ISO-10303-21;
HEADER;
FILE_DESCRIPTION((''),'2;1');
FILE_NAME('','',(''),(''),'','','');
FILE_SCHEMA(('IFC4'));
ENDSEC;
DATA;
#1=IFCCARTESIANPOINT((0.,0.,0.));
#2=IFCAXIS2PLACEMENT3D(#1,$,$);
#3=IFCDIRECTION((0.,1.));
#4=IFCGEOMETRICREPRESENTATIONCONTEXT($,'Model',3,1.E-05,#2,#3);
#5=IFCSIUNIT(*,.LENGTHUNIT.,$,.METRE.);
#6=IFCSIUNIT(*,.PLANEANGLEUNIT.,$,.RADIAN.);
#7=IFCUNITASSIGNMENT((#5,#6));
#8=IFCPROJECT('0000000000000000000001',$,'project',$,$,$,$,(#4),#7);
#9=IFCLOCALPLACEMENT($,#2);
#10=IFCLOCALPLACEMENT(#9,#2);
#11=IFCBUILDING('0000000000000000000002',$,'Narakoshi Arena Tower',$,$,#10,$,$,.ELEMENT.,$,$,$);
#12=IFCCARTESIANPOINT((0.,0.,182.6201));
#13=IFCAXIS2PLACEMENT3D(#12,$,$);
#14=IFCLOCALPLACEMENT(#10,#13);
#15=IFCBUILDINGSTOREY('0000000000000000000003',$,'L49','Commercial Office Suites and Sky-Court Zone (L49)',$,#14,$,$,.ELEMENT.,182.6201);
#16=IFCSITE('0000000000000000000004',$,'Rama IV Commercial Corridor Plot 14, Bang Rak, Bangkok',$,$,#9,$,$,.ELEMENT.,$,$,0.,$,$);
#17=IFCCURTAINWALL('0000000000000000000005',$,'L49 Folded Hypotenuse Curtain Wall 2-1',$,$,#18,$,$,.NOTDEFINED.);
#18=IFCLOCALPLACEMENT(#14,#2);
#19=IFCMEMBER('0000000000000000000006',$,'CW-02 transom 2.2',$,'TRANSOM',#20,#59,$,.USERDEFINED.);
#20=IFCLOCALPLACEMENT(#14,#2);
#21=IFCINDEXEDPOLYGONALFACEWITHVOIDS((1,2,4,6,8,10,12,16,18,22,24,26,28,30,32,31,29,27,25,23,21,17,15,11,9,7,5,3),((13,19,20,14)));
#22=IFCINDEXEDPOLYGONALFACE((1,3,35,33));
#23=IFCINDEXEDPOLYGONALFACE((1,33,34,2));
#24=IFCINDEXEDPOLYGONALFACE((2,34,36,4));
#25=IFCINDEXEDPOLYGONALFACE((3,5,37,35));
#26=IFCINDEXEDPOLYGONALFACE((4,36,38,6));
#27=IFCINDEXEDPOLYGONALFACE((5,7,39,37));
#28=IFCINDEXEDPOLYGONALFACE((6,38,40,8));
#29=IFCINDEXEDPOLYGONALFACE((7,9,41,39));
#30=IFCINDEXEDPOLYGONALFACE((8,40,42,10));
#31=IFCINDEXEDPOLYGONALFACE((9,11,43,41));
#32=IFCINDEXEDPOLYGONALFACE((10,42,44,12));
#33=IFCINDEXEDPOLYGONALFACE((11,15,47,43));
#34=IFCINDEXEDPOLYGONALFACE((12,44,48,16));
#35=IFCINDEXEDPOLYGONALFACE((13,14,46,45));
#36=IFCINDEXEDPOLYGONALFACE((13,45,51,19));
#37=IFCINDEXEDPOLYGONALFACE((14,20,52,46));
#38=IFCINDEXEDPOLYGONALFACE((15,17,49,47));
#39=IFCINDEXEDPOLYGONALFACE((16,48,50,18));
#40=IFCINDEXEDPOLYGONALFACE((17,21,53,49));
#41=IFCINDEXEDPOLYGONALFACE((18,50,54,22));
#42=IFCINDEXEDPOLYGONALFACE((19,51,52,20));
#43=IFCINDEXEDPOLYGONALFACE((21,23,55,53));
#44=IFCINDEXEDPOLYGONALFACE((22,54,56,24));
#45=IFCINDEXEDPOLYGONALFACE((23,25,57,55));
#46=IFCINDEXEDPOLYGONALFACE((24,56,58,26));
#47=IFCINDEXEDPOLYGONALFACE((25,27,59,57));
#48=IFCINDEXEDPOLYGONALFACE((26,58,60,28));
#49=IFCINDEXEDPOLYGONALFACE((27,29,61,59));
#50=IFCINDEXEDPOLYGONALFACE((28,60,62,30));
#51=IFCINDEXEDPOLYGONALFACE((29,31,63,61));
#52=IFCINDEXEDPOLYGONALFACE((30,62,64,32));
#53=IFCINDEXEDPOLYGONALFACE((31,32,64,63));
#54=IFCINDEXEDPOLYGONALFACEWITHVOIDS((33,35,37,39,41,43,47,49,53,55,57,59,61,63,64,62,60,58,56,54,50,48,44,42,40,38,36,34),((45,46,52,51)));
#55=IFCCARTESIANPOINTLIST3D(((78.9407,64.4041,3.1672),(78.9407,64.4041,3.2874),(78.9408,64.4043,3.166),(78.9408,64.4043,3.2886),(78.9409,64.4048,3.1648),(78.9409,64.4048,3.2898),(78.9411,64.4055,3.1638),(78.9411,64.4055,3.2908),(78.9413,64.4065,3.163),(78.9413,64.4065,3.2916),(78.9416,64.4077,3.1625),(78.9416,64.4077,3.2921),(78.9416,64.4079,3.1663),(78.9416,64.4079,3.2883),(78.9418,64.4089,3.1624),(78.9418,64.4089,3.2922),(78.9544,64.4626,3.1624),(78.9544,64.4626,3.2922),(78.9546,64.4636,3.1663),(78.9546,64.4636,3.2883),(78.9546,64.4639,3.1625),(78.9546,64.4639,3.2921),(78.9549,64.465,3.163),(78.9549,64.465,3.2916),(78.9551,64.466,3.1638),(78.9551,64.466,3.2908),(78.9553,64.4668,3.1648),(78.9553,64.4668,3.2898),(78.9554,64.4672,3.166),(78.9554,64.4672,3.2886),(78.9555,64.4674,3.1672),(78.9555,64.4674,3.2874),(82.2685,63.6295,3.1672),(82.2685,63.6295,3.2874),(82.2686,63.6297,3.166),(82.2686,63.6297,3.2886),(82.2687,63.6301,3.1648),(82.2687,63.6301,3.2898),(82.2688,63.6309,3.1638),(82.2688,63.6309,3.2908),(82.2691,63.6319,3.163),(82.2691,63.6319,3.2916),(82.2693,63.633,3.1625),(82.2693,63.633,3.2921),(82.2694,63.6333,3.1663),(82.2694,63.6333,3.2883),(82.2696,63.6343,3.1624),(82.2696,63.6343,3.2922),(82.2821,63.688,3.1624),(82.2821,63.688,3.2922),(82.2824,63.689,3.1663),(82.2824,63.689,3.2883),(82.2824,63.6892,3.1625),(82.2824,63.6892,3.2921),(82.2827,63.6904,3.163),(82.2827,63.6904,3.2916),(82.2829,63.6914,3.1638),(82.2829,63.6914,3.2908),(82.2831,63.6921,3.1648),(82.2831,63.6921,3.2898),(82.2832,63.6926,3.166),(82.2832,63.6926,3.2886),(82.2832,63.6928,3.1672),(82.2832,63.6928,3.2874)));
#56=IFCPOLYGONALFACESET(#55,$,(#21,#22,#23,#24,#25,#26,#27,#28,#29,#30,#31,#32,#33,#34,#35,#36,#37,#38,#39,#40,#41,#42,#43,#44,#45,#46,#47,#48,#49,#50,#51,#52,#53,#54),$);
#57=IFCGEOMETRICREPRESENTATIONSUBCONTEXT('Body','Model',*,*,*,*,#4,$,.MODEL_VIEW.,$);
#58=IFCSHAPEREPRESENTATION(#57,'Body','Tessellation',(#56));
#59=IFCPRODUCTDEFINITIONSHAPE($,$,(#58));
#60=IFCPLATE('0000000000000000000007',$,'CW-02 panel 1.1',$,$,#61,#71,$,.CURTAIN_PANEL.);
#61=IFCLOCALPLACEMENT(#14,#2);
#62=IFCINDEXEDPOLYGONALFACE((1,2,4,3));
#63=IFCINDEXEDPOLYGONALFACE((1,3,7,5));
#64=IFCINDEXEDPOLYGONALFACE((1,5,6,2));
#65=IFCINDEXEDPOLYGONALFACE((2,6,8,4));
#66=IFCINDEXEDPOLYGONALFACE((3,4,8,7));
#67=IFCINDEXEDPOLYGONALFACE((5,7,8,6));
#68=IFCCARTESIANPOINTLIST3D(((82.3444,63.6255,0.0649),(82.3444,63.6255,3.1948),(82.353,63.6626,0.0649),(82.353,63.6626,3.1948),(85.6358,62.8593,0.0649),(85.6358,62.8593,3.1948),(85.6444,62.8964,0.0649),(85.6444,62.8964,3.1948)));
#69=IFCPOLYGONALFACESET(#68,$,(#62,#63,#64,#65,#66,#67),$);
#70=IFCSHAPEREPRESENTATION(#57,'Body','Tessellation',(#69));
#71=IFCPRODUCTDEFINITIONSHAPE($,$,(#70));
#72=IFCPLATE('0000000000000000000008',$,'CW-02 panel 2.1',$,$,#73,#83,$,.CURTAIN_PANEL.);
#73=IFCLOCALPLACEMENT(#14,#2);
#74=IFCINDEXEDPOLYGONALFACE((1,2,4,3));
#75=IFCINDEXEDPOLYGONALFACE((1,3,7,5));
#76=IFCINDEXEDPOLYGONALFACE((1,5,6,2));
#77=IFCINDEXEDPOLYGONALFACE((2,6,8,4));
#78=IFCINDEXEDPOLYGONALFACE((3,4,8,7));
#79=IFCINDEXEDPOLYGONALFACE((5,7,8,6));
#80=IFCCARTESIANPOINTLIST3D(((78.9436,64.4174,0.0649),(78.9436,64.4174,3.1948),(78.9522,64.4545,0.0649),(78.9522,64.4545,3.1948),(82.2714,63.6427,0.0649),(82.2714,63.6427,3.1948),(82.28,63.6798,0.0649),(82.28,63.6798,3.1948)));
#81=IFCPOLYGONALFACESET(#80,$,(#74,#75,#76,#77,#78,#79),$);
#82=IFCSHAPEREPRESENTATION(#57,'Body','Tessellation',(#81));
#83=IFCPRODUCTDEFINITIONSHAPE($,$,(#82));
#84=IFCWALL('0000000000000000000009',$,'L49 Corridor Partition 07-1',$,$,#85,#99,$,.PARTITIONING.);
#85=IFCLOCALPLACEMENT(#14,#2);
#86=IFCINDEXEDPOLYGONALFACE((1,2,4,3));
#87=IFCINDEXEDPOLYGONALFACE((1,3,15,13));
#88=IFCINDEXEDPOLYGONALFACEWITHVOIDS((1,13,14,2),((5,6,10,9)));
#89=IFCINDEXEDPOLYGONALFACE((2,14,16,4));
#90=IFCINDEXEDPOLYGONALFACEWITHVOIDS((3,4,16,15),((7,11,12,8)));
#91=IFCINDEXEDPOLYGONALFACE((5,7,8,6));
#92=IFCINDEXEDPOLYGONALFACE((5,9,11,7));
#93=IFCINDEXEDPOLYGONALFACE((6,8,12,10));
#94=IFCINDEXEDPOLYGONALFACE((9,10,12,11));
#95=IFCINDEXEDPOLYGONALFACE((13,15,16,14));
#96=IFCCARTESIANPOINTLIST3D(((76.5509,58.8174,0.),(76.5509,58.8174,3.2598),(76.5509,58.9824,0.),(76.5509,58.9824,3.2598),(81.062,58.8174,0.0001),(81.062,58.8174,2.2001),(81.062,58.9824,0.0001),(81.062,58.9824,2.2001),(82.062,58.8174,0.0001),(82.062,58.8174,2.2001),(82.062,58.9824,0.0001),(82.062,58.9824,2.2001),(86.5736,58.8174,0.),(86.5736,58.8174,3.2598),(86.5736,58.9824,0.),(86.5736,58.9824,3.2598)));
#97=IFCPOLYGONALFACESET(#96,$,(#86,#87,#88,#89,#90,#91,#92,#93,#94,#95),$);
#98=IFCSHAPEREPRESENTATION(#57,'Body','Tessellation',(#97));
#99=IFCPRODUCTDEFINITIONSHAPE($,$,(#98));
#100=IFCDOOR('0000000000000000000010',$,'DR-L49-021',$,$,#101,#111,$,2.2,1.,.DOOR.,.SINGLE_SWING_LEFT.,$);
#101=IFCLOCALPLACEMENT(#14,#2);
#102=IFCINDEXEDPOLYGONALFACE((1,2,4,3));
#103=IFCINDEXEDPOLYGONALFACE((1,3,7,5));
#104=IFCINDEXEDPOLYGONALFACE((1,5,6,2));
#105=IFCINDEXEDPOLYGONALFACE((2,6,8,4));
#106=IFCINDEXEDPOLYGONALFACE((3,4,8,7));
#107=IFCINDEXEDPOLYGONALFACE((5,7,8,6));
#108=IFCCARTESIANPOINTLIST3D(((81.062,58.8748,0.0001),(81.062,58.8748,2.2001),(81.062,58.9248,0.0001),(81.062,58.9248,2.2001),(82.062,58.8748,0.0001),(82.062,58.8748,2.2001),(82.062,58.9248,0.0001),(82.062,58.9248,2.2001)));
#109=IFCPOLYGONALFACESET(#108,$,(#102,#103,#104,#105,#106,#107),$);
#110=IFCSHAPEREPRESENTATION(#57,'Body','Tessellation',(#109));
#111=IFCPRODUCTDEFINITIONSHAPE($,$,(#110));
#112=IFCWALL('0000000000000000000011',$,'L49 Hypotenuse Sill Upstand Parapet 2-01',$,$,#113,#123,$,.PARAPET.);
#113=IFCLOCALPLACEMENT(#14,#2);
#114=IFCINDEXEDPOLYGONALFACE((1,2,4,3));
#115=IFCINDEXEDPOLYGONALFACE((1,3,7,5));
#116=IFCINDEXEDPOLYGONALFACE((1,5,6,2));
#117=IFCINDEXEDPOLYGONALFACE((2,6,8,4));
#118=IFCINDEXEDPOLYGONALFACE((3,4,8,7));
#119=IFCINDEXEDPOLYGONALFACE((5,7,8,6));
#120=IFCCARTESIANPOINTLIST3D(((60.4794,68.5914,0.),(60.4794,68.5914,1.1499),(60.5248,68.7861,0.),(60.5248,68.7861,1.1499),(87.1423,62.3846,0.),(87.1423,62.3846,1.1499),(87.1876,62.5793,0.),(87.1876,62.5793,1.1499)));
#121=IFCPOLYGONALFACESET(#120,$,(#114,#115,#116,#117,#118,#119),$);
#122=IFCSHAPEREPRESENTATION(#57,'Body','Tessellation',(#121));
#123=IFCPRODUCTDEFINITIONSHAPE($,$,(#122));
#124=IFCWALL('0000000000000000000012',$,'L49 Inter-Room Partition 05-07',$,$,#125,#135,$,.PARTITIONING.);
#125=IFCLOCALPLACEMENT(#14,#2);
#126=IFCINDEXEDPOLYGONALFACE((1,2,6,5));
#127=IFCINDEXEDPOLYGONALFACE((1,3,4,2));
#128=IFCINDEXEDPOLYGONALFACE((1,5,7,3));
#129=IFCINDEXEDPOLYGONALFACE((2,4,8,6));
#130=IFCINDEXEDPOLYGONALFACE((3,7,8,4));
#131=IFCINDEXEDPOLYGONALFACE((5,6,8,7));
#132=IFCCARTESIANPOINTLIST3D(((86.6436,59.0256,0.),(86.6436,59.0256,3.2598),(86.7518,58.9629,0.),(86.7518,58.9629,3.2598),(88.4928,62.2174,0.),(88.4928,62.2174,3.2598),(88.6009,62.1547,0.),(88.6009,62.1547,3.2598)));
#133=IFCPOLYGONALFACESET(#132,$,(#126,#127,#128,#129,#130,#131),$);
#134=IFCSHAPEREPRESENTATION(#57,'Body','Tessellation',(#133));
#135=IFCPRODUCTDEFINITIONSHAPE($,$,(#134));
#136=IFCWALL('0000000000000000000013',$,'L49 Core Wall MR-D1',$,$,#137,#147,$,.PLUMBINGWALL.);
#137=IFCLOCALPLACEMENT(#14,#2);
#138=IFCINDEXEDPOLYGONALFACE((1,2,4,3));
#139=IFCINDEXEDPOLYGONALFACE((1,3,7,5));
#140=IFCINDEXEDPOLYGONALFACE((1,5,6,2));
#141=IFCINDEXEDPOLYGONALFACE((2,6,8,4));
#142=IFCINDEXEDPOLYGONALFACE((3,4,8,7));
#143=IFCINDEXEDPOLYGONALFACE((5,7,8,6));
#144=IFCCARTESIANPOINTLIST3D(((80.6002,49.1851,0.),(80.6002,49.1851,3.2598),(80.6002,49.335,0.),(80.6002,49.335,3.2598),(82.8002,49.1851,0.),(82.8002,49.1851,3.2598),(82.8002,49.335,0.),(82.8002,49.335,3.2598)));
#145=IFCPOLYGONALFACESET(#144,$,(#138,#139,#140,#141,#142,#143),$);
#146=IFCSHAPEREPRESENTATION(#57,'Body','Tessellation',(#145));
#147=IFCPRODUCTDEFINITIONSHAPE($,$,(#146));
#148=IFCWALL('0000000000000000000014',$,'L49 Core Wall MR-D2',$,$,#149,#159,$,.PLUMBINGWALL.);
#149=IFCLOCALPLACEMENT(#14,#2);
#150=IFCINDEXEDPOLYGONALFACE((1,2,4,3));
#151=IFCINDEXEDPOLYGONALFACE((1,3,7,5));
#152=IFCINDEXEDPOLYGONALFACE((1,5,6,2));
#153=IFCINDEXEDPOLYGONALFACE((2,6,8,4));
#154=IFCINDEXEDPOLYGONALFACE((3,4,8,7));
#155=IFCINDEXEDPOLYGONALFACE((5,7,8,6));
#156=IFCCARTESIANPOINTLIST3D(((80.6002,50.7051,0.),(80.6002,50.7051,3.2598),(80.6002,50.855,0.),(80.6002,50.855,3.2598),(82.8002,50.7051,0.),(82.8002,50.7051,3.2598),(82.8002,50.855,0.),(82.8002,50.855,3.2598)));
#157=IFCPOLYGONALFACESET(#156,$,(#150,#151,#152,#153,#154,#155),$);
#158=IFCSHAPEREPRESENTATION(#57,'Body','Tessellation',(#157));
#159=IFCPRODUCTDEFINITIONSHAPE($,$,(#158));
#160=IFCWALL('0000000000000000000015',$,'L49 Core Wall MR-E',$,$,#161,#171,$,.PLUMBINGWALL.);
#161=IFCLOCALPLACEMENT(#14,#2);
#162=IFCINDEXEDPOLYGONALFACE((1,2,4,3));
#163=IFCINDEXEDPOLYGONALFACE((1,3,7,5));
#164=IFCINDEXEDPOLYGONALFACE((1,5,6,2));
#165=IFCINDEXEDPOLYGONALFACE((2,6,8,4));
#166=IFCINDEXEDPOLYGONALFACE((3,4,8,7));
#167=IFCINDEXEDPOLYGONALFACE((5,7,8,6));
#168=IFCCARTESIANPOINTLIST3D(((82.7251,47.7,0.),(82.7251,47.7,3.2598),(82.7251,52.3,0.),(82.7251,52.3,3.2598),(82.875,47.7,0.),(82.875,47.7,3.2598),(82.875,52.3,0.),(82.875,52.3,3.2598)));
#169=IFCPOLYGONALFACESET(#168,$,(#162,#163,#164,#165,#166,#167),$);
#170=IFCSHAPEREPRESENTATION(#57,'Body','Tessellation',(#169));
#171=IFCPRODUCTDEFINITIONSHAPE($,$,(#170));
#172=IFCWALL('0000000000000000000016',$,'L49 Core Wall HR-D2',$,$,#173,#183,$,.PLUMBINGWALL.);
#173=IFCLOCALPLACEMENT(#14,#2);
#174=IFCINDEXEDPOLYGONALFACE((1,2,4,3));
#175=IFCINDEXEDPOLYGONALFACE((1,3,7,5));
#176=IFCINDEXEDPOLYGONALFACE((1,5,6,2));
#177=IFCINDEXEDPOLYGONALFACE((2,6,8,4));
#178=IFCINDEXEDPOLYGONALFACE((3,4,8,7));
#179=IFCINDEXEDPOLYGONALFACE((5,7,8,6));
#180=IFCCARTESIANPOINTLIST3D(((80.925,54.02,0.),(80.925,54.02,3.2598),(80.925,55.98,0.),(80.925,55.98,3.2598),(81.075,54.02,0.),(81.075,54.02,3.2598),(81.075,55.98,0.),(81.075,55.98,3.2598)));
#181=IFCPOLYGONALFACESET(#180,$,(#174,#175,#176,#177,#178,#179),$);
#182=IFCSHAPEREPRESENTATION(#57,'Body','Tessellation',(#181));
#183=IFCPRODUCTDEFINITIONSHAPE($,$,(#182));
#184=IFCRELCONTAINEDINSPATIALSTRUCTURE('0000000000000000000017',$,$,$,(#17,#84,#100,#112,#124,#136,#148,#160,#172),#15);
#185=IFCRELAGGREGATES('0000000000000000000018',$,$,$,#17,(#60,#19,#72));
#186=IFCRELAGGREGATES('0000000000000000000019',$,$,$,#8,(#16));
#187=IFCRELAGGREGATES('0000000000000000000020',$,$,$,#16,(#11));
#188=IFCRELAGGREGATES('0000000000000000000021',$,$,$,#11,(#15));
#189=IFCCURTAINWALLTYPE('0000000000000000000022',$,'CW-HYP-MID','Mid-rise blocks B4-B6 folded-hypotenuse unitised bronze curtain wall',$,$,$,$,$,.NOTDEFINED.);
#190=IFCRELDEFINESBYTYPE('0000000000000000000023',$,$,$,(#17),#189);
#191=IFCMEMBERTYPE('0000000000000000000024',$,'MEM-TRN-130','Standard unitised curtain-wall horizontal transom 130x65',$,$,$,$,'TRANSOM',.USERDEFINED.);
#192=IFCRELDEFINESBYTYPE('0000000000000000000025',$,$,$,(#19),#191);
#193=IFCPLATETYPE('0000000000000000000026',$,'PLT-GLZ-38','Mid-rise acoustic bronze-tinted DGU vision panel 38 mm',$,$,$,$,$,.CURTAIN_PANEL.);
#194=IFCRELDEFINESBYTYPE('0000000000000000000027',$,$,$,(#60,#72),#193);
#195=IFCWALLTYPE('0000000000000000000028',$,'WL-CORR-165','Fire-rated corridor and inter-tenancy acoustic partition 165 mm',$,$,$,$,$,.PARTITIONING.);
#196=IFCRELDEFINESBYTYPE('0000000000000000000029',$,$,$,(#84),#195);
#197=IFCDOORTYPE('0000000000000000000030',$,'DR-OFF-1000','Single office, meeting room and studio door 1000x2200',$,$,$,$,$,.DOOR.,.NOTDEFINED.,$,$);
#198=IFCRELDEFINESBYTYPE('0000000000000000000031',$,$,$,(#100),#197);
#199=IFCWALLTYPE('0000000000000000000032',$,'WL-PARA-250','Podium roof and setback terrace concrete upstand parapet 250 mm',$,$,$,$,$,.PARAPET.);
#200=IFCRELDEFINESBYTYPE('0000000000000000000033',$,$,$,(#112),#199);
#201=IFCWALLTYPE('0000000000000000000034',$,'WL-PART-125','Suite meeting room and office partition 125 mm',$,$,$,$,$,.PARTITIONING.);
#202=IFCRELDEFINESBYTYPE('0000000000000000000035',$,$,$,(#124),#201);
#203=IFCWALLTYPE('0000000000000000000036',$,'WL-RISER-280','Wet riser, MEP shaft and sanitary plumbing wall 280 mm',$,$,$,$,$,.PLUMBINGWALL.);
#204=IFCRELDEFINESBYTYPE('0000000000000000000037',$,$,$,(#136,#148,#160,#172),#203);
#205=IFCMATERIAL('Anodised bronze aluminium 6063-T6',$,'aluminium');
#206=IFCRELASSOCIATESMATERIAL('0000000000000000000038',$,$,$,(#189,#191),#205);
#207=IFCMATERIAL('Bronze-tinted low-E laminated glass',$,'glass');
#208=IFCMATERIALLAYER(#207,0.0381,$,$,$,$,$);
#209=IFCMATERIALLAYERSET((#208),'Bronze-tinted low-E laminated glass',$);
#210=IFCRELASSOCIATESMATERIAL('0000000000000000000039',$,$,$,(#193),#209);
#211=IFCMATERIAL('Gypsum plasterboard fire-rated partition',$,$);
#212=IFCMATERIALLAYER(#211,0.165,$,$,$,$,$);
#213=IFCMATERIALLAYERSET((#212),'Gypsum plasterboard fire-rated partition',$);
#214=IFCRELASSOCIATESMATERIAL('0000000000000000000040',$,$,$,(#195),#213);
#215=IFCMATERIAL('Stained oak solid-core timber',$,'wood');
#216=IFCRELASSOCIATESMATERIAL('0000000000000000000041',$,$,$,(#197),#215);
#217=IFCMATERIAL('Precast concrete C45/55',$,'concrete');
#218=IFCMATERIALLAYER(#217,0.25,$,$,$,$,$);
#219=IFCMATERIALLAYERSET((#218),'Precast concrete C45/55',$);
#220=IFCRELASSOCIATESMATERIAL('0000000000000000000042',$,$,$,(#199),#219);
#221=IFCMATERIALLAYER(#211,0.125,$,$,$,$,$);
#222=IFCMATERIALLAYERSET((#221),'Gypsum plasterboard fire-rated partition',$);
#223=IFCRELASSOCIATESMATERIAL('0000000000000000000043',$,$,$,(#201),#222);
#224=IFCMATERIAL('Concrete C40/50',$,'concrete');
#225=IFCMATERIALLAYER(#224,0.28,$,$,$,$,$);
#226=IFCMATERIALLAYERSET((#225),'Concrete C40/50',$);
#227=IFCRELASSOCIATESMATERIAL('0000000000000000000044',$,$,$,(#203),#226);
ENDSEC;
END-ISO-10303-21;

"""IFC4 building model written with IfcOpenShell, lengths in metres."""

from ifc_helpers import new_model, si_unit, direction, frame, frame_2d, origin, origin_2d, place, context, subcontext, project, spatial, rectangle, hollow_rectangle, extrude, material, layer, layer_set, material_profile, profile_set, type_object, element, fill, aggregate, save


model = new_model("IFC4")

# Units and contexts
model_context = context("Model", 3, precision=1e-05, world=origin(), true_north=direction((0.0, 1.0)))
body_context = subcontext(model_context, "Body", "Model", "MODEL_VIEW")
ifc_project = project(units=[si_unit("LENGTHUNIT", "METRE"), si_unit("PLANEANGLEUNIT", "RADIAN")], contexts=[model_context])

# Site, building, storey
site_placement = place(None, origin())
site = spatial("IfcSite", under=ifc_project, at=site_placement, Name="Rama IV Commercial Corridor Plot 14, Bang Rak, Bangkok", CompositionType="ELEMENT", RefElevation=0.0)
building_placement = place(site_placement, origin())
building = spatial("IfcBuilding", under=site, at=building_placement, Name="Narakoshi Arena Tower", CompositionType="ELEMENT")
storey_placement = place(building_placement, frame((0.0, 0.0, 182.6201)))
storey = spatial("IfcBuildingStorey", under=building, at=storey_placement, Name="L49", Description="Commercial Office Suites and Sky-Court Zone (L49)", CompositionType="ELEMENT", Elevation=182.6201)

# Shared definitions
ifc_material_1 = material(Name="Anodised bronze aluminium 6063-T6", Category="aluminium")
curtain_wall_type = type_object("IfcCurtainWallType", Name="CW-HYP-MID", Description="Mid-rise blocks B4-B6 folded-hypotenuse unitised bronze curtain wall", PredefinedType="NOTDEFINED", material=ifc_material_1)

# Curtain wall, member, plates
curtain_wall_1_placement = place(storey_placement, origin())
curtain_wall_1 = element("IfcCurtainWall", 1, at=curtain_wall_1_placement, inside=storey, type_object=curtain_wall_type, Name="L49 Folded Hypotenuse Curtain Wall 2-1", PredefinedType="NOTDEFINED")
ifc_material_profile_1 = material_profile(ifc_material_1, hollow_rectangle(XDim=0.0649, YDim=0.1299, WallThickness=0.0039, OuterFilletRadius=0.0049, at=origin_2d()), Name="TRN130x65x4")
ifc_profile_set_1 = profile_set([ifc_material_profile_1], Name="Anodised bronze aluminium 6063-T6")
member_type_1 = type_object("IfcMemberType", Name="MEM-TRN-130", Description="Standard unitised curtain-wall horizontal transom 130x65", ElementType="TRANSOM", PredefinedType="USERDEFINED", material=ifc_profile_set_1)
member_1_placement = place(storey_placement, frame((82.2759, 63.6611, 3.2273), z_axis=(-0.973961, 0.226717, 0.0), x_axis=(-0.226717, -0.973961, 0.0)))
member_1 = element("IfcMember", 2, at=member_1_placement, type_object=member_type_1, Name="CW-02 transom 2.2", ObjectType="TRANSOM", PredefinedType="USERDEFINED", context=body_context, shape_type="SweptSolid", body=[
    extrude(hollow_rectangle(XDim=0.0649, YDim=0.1299, WallThickness=0.0039, OuterFilletRadius=0.0049, at=origin_2d()), origin(), (0.0, 0.0, 1.0), 3.4167),
])
ifc_material_2 = material(Name="Bronze-tinted low-E laminated glass", Category="glass")
ifc_layer_1 = layer(ifc_material_2, 0.0381)
ifc_layer_set_1 = layer_set([ifc_layer_1], Name="Bronze-tinted low-E laminated glass")
plate_type = type_object("IfcPlateType", Name="PLT-GLZ-38", Description="Mid-rise acoustic bronze-tinted DGU vision panel 38 mm", PredefinedType="CURTAIN_PANEL", material=ifc_layer_set_1)
plate_1_placement = place(storey_placement, frame((83.9944, 63.261, 0.0649), z_axis=(0.0, 0.0, 1.0), x_axis=(-0.97396, 0.226721, 0.0)))
plate_1 = element("IfcPlate", 3, at=plate_1_placement, type_object=plate_type, Name="CW-02 panel 1.1", PredefinedType="CURTAIN_PANEL", context=body_context, shape_type="SweptSolid", body=[
    extrude(rectangle(XDim=3.3794, YDim=0.0381, at=origin_2d()), origin(), (0.0, 0.0, 1.0), 3.1299),
])
plate_2_placement = place(storey_placement, frame((80.6118, 64.0486, 0.0649), z_axis=(0.0, 0.0, 1.0), x_axis=(-0.97396, 0.226721, 0.0)))
plate_2 = element("IfcPlate", 4, at=plate_2_placement, type_object=plate_type, Name="CW-02 panel 2.1", PredefinedType="CURTAIN_PANEL", context=body_context, shape_type="SweptSolid", body=[
    extrude(rectangle(XDim=3.4167, YDim=0.0381, at=origin_2d()), origin(), (0.0, 0.0, 1.0), 3.1299),
])
aggregate(curtain_wall_1, [plate_1, member_1, plate_2])

# Wall, opening, door
ifc_material_3 = material(Name="Gypsum plasterboard fire-rated partition")
ifc_layer_2 = layer(ifc_material_3, 0.165)
ifc_layer_set_2 = layer_set([ifc_layer_2], Name="Gypsum plasterboard fire-rated partition")
wall_type_1 = type_object("IfcWallType", Name="WL-CORR-165", Description="Fire-rated corridor and inter-tenancy acoustic partition 165 mm", PredefinedType="PARTITIONING", material=ifc_layer_set_2)
wall_1_placement = place(storey_placement, frame((86.5735, 58.8999, 0.0), z_axis=(0.0, 0.0, 1.0), x_axis=(-1.0, 0.0, 0.0)))
wall_1 = element("IfcWall", 5, at=wall_1_placement, inside=storey, type_object=wall_type_1, Name="L49 Corridor Partition 07-1", PredefinedType="PARTITIONING", context=body_context, shape_type="SweptSolid", body=[
    extrude(rectangle(XDim=10.0227, YDim=0.165, at=frame_2d((5.0112, 0.0))), origin(), (0.0, 0.0, 1.0), 3.2598),
])
opening_1_placement = place(wall_1_placement, frame((4.5115, 0.0, 0.0)))
opening_1 = element("IfcOpeningElement", 6, at=opening_1_placement, cuts=wall_1, PredefinedType="OPENING", context=body_context, shape_type="SweptSolid", body=[
    extrude(rectangle(XDim=1.0, YDim=2.2, at=frame_2d((0.5, 1.1001))), frame((0.0, 0.0925, 0.0), z_axis=(0.0, -1.0, 0.0), x_axis=(1.0, 0.0, 0.0)), (0.0, 0.0, 1.0), 0.1851),
])
ifc_material_4 = material(Name="Stained oak solid-core timber", Category="wood")
door_type_1 = type_object("IfcDoorType", Name="DR-OFF-1000", Description="Single office, meeting room and studio door 1000x2200", OperationType="NOTDEFINED", PredefinedType="DOOR", material=ifc_material_4)
door_1_placement = place(opening_1_placement, frame((1.0, 0.0, 0.0), z_axis=(0.0, 0.0, 1.0), x_axis=(-1.0, 0.0, 0.0)))
door_1 = element("IfcDoor", 7, at=door_1_placement, inside=storey, type_object=door_type_1, Name="DR-L49-021", OperationType="SINGLE_SWING_LEFT", OverallHeight=2.2, OverallWidth=1.0, PredefinedType="DOOR", context=body_context, shape_type="SweptSolid", body=[
    extrude(rectangle(XDim=1.0, YDim=2.2, at=frame_2d((0.5, 1.1001))), frame((0.0, 0.0249, 0.0), z_axis=(0.0, -1.0, 0.0), x_axis=(1.0, 0.0, 0.0)), (0.0, 0.0, 1.0), 0.05),
])
fill(opening_1, door_1)

# Walls
ifc_material_5 = material(Name="Precast concrete C45/55", Category="concrete")
ifc_layer_3 = layer(ifc_material_5, 0.25)
ifc_layer_set_3 = layer_set([ifc_layer_3], Name="Precast concrete C45/55")
wall_type_2 = type_object("IfcWallType", Name="WL-PARA-250", Description="Podium roof and setback terrace concrete upstand parapet 250 mm", PredefinedType="PARAPET", material=ifc_layer_set_3)
wall_2_placement = place(storey_placement, frame((87.165, 62.4819, 0.0), z_axis=(0.0, 0.0, 1.0), x_axis=(-0.973959, 0.226726, 0.0)))
element("IfcWall", 8, at=wall_2_placement, inside=storey, type_object=wall_type_2, Name="L49 Hypotenuse Sill Upstand Parapet 2-01", PredefinedType="PARAPET", context=body_context, shape_type="SweptSolid", body=[
    extrude(rectangle(XDim=27.3757, YDim=0.2, at=frame_2d((13.688, 0.0))), origin(), (0.0, 0.0, 1.0), 1.1499),
])
ifc_layer_4 = layer(ifc_material_3, 0.125)
ifc_layer_set_4 = layer_set([ifc_layer_4], Name="Gypsum plasterboard fire-rated partition")
wall_type_3 = type_object("IfcWallType", Name="WL-PART-125", Description="Suite meeting room and office partition 125 mm", PredefinedType="PARTITIONING", material=ifc_layer_set_4)
wall_3_placement = place(storey_placement, frame((86.6978, 58.9944, 0.0), z_axis=(0.0, 0.0, 1.0), x_axis=(0.501305, 0.865271, 0.0)))
element("IfcWall", 9, at=wall_3_placement, inside=storey, type_object=wall_type_3, Name="L49 Inter-Room Partition 05-07", PredefinedType="PARTITIONING", context=body_context, shape_type="SweptSolid", body=[
    extrude(rectangle(XDim=3.6887, YDim=0.125, at=frame_2d((1.8442, 0.0))), origin(), (0.0, 0.0, 1.0), 3.2598),
])
ifc_material_6 = material(Name="Concrete C40/50", Category="concrete")
ifc_layer_5 = layer(ifc_material_6, 0.28)
ifc_layer_set_5 = layer_set([ifc_layer_5], Name="Concrete C40/50")
wall_type_4 = type_object("IfcWallType", Name="WL-RISER-280", Description="Wet riser, MEP shaft and sanitary plumbing wall 280 mm", PredefinedType="PLUMBINGWALL", material=ifc_layer_set_5)
for number, where, z_axis, x_axis, name in (
    (10, (80.6001, 49.26, 0.0), (0.0, 0.0, 1.0), (1.0, 0.0, 0.0), "L49 Core Wall MR-D1"),
    (11, (80.6001, 50.78, 0.0), (0.0, 0.0, 1.0), (1.0, 0.0, 0.0), "L49 Core Wall MR-D2"),
):
    element("IfcWall", number, at=place(storey_placement, frame(where, z_axis=z_axis, x_axis=x_axis)), inside=storey, type_object=wall_type_4, Name=name, PredefinedType="PLUMBINGWALL", context=body_context, shape_type="SweptSolid", body=[
        extrude(rectangle(XDim=2.2, YDim=0.1499, at=frame_2d((1.1001, 0.0))), origin(), (0.0, 0.0, 1.0), 3.2598),
    ])
wall_4_placement = place(storey_placement, frame((82.8, 47.7, 0.0), z_axis=(0.0, 0.0, 1.0), x_axis=(0.0, 1.0, 0.0)))
element("IfcWall", 12, at=wall_4_placement, inside=storey, type_object=wall_type_4, Name="L49 Core Wall MR-E", PredefinedType="PLUMBINGWALL", context=body_context, shape_type="SweptSolid", body=[
    extrude(rectangle(XDim=4.6001, YDim=0.1499, at=frame_2d((2.3, 0.0))), origin(), (0.0, 0.0, 1.0), 3.2598),
])
wall_5_placement = place(storey_placement, frame((81.0, 54.02, 0.0), z_axis=(0.0, 0.0, 1.0), x_axis=(0.0, 1.0, 0.0)))
element("IfcWall", 13, at=wall_5_placement, inside=storey, type_object=wall_type_4, Name="L49 Core Wall HR-D2", PredefinedType="PLUMBINGWALL", context=body_context, shape_type="SweptSolid", body=[
    extrude(rectangle(XDim=1.96, YDim=0.1499, at=frame_2d((0.98, 0.0))), origin(), (0.0, 0.0, 1.0), 3.2598),
])

save(model, "model.ifc")
